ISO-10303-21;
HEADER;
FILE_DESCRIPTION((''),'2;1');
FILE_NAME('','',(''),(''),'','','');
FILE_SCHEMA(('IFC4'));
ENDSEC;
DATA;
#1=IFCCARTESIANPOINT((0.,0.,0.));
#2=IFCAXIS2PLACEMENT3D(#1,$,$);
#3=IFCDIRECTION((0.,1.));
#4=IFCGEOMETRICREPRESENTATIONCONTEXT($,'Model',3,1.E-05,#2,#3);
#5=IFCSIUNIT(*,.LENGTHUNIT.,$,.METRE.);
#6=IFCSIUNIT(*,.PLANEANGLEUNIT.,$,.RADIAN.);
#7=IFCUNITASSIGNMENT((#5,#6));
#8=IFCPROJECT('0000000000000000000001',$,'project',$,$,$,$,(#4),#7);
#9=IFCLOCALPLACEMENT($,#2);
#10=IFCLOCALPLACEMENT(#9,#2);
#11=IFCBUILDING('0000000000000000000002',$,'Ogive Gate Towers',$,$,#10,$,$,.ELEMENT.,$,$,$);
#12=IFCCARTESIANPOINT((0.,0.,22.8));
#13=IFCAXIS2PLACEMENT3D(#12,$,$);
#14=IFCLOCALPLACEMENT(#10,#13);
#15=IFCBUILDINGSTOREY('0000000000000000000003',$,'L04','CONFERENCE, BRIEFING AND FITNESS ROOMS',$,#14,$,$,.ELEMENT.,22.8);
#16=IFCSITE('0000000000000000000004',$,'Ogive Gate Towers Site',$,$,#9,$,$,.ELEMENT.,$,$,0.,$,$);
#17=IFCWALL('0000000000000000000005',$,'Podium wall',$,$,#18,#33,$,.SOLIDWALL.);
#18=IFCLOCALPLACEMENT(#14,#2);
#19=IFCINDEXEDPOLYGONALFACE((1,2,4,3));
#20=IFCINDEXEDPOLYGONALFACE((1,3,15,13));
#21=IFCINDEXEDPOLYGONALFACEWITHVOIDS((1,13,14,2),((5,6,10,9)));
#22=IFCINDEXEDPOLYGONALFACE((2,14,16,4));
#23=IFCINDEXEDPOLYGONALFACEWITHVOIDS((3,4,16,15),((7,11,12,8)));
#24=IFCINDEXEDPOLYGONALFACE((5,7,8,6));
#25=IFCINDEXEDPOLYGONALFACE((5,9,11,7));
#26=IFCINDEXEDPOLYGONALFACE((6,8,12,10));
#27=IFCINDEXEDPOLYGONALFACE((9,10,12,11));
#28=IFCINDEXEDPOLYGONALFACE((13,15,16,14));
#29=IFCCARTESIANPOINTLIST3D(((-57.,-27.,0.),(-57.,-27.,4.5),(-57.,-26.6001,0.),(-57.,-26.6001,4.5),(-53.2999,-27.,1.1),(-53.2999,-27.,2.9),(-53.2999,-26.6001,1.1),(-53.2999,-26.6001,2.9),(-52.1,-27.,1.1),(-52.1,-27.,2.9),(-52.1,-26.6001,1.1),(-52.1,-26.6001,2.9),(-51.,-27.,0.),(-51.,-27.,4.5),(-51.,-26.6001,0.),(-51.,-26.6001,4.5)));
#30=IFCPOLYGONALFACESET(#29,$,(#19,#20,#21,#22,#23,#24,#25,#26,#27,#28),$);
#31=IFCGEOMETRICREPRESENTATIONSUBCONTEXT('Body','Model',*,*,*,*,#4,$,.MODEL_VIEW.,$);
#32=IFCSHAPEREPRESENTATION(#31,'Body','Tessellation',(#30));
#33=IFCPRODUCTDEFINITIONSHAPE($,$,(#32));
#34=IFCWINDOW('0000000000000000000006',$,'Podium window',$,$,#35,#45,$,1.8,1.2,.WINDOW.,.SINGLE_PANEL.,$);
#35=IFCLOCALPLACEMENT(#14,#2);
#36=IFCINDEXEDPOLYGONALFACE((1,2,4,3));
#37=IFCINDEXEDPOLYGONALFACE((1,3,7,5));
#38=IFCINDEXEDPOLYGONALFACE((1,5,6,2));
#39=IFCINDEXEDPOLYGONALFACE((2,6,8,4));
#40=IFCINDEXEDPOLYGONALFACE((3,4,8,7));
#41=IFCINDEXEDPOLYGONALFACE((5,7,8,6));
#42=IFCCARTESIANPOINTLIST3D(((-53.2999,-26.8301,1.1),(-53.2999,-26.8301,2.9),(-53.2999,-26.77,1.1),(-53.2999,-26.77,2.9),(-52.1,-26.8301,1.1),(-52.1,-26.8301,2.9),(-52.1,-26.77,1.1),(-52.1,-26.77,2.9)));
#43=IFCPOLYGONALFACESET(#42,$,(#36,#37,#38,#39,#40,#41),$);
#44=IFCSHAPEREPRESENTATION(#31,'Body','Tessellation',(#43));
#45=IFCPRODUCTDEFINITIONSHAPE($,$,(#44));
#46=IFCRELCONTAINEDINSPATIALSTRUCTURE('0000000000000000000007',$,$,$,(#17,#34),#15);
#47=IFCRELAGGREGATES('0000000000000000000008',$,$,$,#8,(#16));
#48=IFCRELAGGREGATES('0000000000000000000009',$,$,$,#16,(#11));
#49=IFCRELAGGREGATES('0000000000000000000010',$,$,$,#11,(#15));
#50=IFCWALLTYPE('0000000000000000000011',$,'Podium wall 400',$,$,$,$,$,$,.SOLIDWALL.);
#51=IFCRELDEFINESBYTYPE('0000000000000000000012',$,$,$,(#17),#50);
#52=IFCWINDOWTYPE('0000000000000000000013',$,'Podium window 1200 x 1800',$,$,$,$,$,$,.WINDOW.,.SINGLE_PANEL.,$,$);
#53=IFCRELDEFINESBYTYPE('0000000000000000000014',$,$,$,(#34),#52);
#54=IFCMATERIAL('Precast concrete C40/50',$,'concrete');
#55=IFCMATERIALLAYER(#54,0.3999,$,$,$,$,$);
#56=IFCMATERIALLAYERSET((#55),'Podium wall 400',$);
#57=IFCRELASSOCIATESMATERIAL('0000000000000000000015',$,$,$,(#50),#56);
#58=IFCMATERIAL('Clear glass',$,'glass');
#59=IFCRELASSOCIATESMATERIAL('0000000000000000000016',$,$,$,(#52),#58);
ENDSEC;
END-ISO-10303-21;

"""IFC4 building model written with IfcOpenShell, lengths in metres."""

from ifc_helpers import new_model, si_unit, direction, frame, frame_2d, origin, place, context, subcontext, project, spatial, rectangle, extrude, material, layer, layer_set, type_object, element, fill, save


model = new_model("IFC4")

# Units and contexts
model_context = context("Model", 3, precision=1e-05, world=origin(), true_north=direction((0.0, 1.0)))
body_context = subcontext(model_context, "Body", "Model", "MODEL_VIEW")
ifc_project = project(units=[si_unit("LENGTHUNIT", "METRE"), si_unit("PLANEANGLEUNIT", "RADIAN")], contexts=[model_context])

# Site, building, storey
site_placement = place(None, origin())
site = spatial("IfcSite", under=ifc_project, at=site_placement, Name="Ogive Gate Towers Site", CompositionType="ELEMENT", RefElevation=0.0)
building_placement = place(site_placement, origin())
building = spatial("IfcBuilding", under=site, at=building_placement, Name="Ogive Gate Towers", CompositionType="ELEMENT")
storey_placement = place(building_placement, frame((0.0, 0.0, 22.8)))
storey = spatial("IfcBuildingStorey", under=building, at=storey_placement, Name="L04", Description="CONFERENCE, BRIEFING AND FITNESS ROOMS", CompositionType="ELEMENT", Elevation=22.8)

# Wall, opening, window
ifc_material_1 = material(Name="Precast concrete C40/50", Category="concrete")
ifc_layer_1 = layer(ifc_material_1, 0.3999)
ifc_layer_set_1 = layer_set([ifc_layer_1], Name="Podium wall 400")
wall_type_1 = type_object("IfcWallType", Name="Podium wall 400", PredefinedType="SOLIDWALL", material=ifc_layer_set_1)
ifc_material_2 = material(Name="Clear glass", Category="glass")
wall_1_placement = place(storey_placement, frame((-57.0, -26.8, 0.0), z_axis=(0.0, 0.0, 1.0), x_axis=(1.0, 0.0, 0.0)))
wall_1 = element("IfcWall", 1, at=wall_1_placement, inside=storey, type_object=wall_type_1, Name="Podium wall", PredefinedType="SOLIDWALL", context=body_context, shape_type="SweptSolid", body=[
    extrude(rectangle(XDim=6.0, YDim=0.3999, at=frame_2d((3.0, 0.0))), origin(), (0.0, 0.0, 1.0), 4.5),
])
opening_1_placement = place(wall_1_placement, frame((3.7, 0.0, 1.1001)))
opening_1 = element("IfcOpeningElement", 2, at=opening_1_placement, cuts=wall_1, PredefinedType="OPENING", context=body_context, shape_type="SweptSolid", body=[
    extrude(rectangle(XDim=1.2, YDim=1.8, at=frame_2d((0.6001, 0.8999))), frame((0.0, 0.21, 0.0), z_axis=(0.0, -1.0, 0.0), x_axis=(1.0, 0.0, 0.0)), (0.0, 0.0, 1.0), 0.4199),
])
window_type_1 = type_object("IfcWindowType", Name="Podium window 1200 x 1800", PartitioningType="SINGLE_PANEL", PredefinedType="WINDOW", material=ifc_material_2)
window_1_placement = place(opening_1_placement, origin())
window_1 = element("IfcWindow", 3, at=window_1_placement, inside=storey, type_object=window_type_1, Name="Podium window", OverallHeight=1.8, OverallWidth=1.2, PartitioningType="SINGLE_PANEL", PredefinedType="WINDOW", context=body_context, shape_type="SweptSolid", body=[
    extrude(rectangle(XDim=1.2, YDim=1.8, at=frame_2d((0.6001, 0.8999))), frame((0.0, 0.03, 0.0), z_axis=(0.0, -1.0, 0.0), x_axis=(1.0, 0.0, 0.0)), (0.0, 0.0, 1.0), 0.0601),
])
fill(opening_1, window_1)

save(model, "model.ifc")
